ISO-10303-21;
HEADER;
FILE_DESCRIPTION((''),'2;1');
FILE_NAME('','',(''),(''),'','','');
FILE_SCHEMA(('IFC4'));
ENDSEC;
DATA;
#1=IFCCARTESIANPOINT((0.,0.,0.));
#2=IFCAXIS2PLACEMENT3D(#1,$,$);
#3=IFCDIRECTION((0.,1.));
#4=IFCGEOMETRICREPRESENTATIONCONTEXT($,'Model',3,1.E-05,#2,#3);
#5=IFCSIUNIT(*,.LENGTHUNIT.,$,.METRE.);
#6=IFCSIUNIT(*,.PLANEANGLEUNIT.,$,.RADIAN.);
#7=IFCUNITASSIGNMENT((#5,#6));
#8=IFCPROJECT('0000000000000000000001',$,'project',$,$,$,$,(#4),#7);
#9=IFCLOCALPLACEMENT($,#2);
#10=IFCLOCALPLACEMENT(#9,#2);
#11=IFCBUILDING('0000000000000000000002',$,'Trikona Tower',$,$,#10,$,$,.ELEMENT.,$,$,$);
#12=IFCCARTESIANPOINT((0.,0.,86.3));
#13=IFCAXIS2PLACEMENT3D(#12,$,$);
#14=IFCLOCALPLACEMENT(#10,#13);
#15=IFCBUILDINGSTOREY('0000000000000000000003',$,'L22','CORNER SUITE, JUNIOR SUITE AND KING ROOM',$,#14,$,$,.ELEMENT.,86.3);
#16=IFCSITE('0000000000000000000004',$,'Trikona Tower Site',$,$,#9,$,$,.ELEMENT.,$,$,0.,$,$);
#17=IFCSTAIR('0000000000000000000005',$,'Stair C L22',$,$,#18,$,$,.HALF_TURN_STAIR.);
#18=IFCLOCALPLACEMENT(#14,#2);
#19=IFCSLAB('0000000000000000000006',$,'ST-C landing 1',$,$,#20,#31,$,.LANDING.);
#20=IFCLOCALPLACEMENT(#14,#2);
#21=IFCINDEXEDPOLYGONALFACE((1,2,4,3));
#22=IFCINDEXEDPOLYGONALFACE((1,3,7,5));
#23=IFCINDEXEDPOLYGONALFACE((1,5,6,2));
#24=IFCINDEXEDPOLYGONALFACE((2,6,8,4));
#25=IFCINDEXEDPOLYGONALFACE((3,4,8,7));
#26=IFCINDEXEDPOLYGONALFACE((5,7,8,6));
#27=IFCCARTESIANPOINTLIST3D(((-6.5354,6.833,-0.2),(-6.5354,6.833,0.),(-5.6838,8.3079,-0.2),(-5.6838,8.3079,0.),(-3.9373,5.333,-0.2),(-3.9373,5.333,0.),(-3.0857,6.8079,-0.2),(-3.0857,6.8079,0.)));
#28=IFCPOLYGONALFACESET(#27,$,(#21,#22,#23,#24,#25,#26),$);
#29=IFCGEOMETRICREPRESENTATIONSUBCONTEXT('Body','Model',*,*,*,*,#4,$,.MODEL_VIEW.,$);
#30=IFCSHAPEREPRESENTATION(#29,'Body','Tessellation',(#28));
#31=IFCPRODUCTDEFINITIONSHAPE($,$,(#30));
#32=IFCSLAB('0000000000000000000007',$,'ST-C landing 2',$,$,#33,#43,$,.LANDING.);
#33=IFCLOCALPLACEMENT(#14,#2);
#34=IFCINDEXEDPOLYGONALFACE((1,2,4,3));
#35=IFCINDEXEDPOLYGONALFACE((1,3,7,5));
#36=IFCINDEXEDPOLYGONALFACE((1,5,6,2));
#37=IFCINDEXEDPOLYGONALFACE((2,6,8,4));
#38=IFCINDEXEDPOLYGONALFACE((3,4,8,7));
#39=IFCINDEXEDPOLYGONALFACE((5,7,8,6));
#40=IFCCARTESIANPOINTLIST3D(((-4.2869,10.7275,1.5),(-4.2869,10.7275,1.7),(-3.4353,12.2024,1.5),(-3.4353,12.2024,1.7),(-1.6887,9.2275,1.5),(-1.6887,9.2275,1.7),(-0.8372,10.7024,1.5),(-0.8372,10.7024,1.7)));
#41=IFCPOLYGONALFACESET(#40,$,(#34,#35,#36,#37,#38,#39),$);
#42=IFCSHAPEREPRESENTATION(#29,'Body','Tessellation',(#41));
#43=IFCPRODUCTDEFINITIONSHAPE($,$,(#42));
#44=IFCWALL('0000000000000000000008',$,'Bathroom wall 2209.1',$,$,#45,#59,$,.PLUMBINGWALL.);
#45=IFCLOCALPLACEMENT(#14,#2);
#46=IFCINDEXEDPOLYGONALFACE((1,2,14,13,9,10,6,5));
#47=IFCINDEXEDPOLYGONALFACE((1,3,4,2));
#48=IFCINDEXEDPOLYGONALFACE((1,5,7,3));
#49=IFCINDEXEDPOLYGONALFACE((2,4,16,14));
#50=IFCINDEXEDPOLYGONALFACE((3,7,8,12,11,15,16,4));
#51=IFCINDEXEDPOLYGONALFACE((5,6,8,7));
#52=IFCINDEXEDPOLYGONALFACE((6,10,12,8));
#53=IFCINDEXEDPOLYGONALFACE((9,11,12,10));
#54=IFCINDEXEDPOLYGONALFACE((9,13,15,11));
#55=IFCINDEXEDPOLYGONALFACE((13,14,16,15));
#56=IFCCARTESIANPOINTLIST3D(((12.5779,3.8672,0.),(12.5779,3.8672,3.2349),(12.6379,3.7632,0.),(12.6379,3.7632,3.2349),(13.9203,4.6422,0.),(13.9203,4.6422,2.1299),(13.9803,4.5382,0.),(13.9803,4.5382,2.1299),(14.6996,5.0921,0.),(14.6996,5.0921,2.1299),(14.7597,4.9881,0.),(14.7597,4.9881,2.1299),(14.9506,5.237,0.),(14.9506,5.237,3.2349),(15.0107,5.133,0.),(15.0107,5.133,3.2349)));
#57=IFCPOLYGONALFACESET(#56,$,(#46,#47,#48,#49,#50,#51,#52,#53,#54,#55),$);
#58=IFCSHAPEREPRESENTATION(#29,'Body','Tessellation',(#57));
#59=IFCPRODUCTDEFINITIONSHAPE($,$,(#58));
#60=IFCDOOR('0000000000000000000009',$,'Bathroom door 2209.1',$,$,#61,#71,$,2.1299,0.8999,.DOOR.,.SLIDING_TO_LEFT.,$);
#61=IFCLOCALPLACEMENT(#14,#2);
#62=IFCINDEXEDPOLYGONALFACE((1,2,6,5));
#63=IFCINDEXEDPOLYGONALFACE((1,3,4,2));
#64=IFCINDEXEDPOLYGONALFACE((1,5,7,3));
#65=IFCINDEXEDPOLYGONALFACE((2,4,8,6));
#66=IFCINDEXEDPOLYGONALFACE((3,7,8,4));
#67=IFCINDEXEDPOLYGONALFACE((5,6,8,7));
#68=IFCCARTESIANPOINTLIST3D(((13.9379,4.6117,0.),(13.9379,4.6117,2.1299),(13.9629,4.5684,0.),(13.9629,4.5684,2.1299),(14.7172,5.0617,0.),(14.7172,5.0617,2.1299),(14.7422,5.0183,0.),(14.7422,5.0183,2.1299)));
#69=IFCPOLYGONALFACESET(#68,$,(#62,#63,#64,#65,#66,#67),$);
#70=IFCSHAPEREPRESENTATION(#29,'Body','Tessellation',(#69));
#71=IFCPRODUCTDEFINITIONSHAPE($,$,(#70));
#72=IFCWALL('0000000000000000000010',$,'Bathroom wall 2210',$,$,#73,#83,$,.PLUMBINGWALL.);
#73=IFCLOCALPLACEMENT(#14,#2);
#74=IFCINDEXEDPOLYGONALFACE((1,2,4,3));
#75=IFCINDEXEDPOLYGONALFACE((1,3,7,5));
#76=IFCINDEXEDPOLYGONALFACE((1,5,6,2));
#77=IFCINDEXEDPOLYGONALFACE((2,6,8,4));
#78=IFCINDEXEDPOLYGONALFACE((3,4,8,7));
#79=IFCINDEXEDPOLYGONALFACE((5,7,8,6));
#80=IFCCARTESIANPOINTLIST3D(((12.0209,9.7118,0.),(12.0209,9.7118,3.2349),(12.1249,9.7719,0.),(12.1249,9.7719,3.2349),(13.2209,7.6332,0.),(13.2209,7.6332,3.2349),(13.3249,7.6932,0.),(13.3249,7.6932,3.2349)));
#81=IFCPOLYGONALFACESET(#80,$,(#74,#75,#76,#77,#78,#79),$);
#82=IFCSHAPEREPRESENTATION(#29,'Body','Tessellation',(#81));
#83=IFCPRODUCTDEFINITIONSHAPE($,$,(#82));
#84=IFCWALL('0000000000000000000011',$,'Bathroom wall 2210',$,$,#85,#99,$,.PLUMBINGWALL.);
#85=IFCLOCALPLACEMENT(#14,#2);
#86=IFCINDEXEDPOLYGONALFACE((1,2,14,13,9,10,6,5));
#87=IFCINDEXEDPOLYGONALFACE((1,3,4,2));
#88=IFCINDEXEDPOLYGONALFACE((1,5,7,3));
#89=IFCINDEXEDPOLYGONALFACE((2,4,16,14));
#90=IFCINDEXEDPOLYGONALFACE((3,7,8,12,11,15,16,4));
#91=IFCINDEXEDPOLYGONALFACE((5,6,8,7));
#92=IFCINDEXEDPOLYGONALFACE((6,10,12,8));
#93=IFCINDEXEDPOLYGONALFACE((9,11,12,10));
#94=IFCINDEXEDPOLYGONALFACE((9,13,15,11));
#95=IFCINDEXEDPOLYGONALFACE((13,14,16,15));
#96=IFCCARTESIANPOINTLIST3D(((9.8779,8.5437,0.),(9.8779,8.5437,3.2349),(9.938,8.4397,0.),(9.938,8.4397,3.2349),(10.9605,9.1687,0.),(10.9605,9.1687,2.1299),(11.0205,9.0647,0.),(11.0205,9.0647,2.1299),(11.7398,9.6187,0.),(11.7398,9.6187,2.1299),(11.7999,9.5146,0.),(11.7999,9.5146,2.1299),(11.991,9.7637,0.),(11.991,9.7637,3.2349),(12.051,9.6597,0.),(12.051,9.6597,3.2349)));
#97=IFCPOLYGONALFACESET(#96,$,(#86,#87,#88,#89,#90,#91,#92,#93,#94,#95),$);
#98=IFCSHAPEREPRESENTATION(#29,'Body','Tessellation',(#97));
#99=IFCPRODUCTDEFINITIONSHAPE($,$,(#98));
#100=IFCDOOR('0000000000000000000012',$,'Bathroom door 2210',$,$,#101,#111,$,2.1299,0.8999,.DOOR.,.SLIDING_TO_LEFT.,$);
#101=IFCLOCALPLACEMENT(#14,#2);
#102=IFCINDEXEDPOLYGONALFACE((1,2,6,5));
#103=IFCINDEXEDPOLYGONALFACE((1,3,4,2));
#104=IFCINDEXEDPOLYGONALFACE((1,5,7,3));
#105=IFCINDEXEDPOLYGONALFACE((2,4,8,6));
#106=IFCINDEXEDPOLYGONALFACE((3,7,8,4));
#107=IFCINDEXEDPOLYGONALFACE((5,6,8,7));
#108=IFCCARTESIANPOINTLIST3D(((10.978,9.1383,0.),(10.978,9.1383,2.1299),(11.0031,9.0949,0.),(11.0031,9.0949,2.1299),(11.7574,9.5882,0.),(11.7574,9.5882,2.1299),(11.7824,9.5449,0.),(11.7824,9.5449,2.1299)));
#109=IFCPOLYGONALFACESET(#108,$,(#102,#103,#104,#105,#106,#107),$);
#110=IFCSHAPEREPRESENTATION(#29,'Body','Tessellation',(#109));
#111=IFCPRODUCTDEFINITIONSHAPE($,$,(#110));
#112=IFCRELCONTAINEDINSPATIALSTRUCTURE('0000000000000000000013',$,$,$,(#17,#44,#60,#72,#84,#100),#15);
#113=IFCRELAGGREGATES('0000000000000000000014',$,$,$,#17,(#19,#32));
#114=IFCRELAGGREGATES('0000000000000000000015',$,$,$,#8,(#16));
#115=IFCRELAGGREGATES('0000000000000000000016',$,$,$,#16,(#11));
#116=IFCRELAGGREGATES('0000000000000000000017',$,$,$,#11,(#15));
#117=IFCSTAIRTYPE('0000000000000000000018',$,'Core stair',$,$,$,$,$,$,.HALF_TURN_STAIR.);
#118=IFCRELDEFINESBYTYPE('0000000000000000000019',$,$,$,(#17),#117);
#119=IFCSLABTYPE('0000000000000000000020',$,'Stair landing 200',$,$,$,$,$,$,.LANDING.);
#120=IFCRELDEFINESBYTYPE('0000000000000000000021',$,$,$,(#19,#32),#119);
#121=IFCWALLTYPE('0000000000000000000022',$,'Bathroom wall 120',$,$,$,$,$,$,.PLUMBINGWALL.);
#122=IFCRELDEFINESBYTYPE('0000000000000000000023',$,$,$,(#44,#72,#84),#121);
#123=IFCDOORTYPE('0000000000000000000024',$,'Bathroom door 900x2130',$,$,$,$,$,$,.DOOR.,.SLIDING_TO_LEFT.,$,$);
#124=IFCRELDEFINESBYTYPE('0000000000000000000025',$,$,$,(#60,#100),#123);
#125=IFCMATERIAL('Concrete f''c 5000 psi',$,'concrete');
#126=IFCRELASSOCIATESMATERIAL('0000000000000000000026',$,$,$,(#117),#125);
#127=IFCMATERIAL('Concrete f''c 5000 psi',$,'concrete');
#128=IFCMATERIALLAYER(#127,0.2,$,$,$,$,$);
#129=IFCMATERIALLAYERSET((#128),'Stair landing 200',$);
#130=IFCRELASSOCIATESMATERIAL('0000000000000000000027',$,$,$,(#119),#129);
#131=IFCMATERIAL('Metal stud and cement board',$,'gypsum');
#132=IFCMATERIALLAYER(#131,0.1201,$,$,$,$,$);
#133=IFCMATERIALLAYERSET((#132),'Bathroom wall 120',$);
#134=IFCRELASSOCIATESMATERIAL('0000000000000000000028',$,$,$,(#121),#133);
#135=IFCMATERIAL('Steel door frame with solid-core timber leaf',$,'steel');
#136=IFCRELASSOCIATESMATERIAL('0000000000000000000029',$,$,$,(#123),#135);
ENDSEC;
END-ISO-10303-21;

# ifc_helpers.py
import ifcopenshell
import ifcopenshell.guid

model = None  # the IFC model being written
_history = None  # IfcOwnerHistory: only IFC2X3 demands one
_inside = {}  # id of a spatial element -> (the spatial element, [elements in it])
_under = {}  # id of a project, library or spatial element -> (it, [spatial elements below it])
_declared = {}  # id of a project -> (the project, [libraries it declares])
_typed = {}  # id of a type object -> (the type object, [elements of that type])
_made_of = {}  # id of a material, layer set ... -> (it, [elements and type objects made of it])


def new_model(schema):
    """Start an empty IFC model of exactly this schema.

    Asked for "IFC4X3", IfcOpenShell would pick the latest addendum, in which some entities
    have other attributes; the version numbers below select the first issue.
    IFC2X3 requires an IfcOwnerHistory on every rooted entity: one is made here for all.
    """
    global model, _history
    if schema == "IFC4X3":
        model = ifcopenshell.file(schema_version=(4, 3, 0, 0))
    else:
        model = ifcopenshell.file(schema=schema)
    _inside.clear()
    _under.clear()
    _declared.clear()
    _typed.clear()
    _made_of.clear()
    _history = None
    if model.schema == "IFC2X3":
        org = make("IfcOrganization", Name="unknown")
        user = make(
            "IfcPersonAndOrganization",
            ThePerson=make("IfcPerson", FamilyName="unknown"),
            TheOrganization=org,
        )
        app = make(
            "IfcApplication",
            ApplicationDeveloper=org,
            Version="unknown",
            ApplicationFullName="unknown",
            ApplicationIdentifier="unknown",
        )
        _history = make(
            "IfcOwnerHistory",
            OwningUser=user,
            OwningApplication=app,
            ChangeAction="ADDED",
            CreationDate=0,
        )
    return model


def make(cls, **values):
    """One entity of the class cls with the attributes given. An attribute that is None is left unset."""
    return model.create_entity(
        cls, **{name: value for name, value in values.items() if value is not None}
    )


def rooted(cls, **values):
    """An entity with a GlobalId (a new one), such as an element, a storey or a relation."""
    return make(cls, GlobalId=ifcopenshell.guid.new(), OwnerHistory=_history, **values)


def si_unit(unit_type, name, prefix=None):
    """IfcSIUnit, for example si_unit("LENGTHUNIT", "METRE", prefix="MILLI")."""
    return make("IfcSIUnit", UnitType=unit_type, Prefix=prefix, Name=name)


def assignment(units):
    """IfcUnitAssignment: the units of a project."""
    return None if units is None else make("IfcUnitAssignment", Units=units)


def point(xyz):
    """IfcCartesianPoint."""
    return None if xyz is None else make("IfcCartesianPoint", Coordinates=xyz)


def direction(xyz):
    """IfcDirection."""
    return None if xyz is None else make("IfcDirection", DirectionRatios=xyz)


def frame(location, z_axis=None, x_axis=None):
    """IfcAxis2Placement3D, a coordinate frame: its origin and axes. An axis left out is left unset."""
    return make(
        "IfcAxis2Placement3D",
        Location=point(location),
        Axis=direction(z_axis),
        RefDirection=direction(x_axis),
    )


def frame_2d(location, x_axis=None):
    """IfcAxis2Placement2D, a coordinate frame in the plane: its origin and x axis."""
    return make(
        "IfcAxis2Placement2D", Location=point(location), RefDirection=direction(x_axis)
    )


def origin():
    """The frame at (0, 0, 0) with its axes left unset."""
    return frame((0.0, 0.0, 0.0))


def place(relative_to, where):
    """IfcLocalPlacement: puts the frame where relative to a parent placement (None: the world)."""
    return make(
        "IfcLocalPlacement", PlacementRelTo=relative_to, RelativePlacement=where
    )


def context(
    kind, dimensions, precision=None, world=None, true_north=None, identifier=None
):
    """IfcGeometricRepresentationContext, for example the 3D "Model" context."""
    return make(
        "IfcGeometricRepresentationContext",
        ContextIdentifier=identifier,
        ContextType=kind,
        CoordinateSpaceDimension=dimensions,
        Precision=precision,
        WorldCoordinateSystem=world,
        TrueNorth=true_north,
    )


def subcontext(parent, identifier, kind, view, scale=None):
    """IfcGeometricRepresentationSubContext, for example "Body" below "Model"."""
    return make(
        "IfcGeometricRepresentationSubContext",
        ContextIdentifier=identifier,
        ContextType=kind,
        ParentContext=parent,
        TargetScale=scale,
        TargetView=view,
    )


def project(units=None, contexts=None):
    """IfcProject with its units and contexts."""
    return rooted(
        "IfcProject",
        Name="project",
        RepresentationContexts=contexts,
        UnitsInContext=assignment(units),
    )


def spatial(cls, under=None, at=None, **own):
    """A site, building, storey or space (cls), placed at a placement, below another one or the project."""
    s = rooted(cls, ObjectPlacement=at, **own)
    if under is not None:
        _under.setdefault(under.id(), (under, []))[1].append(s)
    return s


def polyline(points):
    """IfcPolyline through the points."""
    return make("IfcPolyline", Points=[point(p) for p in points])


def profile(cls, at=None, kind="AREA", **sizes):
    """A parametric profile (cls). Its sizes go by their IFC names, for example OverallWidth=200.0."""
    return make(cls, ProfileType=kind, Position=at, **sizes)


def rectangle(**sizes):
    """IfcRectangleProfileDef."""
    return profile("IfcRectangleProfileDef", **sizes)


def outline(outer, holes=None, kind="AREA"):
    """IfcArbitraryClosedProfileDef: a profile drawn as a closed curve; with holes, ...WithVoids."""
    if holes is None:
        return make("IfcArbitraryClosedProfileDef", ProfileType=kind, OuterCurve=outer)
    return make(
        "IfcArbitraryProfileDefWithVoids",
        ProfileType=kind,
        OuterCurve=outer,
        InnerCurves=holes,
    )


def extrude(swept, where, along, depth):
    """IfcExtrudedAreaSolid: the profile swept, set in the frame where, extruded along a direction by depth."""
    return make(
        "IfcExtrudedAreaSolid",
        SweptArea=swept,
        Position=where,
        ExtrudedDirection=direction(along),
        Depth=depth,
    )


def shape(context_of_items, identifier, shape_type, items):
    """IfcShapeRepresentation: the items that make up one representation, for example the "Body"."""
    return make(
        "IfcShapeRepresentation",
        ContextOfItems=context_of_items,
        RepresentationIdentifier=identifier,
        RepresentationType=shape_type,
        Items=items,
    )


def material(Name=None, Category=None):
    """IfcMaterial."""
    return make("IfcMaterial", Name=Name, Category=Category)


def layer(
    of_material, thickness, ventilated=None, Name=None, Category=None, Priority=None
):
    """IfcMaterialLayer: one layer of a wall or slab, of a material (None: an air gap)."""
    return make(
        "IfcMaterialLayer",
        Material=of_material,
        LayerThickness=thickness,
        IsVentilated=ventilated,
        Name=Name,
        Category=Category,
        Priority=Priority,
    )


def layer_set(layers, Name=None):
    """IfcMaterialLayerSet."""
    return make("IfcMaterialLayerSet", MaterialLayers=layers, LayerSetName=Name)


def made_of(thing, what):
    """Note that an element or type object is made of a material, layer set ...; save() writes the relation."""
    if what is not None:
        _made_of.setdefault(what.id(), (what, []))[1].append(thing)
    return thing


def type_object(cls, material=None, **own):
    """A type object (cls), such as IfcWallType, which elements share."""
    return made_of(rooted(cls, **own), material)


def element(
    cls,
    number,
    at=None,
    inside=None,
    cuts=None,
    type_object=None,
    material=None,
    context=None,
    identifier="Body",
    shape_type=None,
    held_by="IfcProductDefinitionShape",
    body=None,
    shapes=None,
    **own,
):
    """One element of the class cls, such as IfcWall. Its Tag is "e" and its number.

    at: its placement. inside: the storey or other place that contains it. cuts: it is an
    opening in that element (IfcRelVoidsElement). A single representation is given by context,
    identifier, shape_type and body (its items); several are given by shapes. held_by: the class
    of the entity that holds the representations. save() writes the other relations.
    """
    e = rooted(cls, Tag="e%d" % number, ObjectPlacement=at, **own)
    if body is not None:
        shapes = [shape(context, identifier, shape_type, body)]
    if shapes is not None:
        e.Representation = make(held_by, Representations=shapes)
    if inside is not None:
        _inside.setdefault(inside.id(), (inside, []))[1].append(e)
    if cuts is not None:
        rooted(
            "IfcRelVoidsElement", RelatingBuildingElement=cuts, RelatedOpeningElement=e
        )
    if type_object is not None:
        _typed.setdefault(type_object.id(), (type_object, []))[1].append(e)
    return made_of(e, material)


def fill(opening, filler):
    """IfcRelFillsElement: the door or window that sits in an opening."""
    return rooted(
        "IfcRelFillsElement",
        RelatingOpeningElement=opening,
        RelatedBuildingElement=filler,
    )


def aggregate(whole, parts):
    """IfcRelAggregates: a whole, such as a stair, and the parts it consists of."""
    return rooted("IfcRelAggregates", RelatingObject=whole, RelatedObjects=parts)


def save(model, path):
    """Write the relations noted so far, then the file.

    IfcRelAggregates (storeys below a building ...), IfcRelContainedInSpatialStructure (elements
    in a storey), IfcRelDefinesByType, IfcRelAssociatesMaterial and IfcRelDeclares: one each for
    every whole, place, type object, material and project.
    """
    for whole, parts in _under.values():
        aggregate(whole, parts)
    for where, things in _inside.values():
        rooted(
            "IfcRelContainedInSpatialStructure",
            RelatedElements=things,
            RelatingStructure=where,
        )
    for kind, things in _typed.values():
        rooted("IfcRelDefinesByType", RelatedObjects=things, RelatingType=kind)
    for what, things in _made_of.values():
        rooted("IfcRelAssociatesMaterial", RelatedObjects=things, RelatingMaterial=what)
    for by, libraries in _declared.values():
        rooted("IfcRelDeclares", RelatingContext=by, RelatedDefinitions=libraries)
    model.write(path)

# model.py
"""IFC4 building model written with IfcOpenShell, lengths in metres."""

from ifc_helpers import new_model, si_unit, direction, frame, frame_2d, origin, place, context, subcontext, project, spatial, polyline, rectangle, outline, extrude, material, layer, layer_set, type_object, element, fill, aggregate, save


model = new_model("IFC4")

# Units and contexts
model_context = context("Model", 3, precision=1e-05, world=origin(), true_north=direction((0.0, 1.0)))
body_context = subcontext(model_context, "Body", "Model", "MODEL_VIEW")
ifc_project = project(units=[si_unit("LENGTHUNIT", "METRE"), si_unit("PLANEANGLEUNIT", "RADIAN")], contexts=[model_context])

# Site, building, storey
site_placement = place(None, origin())
site = spatial("IfcSite", under=ifc_project, at=site_placement, Name="Trikona Tower Site", CompositionType="ELEMENT", RefElevation=0.0)
building_placement = place(site_placement, origin())
building = spatial("IfcBuilding", under=site, at=building_placement, Name="Trikona Tower", CompositionType="ELEMENT")
storey_placement = place(building_placement, frame((0.0, 0.0, 86.3)))
storey = spatial("IfcBuildingStorey", under=building, at=storey_placement, Name="L22", Description="CORNER SUITE, JUNIOR SUITE AND KING ROOM", CompositionType="ELEMENT", Elevation=86.3)

# Stair, slabs
ifc_material_1 = material(Name="Concrete f'c 5000 psi", Category="concrete")
stair_type = type_object("IfcStairType", Name="Core stair", PredefinedType="HALF_TURN_STAIR", material=ifc_material_1)
ifc_material_2 = material(Name="Concrete f'c 5000 psi", Category="concrete")
ifc_layer_1 = layer(ifc_material_2, 0.2)
ifc_layer_set_1 = layer_set([ifc_layer_1], Name="Stair landing 200")
slab_type_1 = type_object("IfcSlabType", Name="Stair landing 200", PredefinedType="LANDING", material=ifc_layer_set_1)
stair_1_placement = place(storey_placement, origin())
stair_1 = element("IfcStair", 1, at=stair_1_placement, inside=storey, type_object=stair_type, Name="Stair C L22", PredefinedType="HALF_TURN_STAIR")
slab_1_placement = place(storey_placement, frame((0.0, 0.0, -0.2)))
slab_1 = element("IfcSlab", 2, at=slab_1_placement, type_object=slab_type_1, Name="ST-C landing 1", PredefinedType="LANDING", context=body_context, shape_type="SweptSolid", body=[
    extrude(outline(polyline([(-3.0857, 6.8079), (-3.9373, 5.333), (-6.5354, 6.833), (-5.6838, 8.3079), (-3.0857, 6.8079)])), origin(), (0.0, 0.0, 1.0), 0.2),
])
slab_2_placement = place(storey_placement, frame((0.0, 0.0, 1.5)))
slab_2 = element("IfcSlab", 3, at=slab_2_placement, type_object=slab_type_1, Name="ST-C landing 2", PredefinedType="LANDING", context=body_context, shape_type="SweptSolid", body=[
    extrude(outline(polyline([(-0.8372, 10.7024), (-1.6887, 9.2275), (-4.2869, 10.7275), (-3.4353, 12.2024), (-0.8372, 10.7024)])), origin(), (0.0, 0.0, 1.0), 0.2),
])
aggregate(stair_1, [slab_1, slab_2])

# Wall, opening, door
ifc_material_3 = material(Name="Metal stud and cement board", Category="gypsum")
ifc_layer_2 = layer(ifc_material_3, 0.1201)
ifc_layer_set_2 = layer_set([ifc_layer_2], Name="Bathroom wall 120")
wall_type_1 = type_object("IfcWallType", Name="Bathroom wall 120", PredefinedType="PLUMBINGWALL", material=ifc_layer_set_2)
wall_1_placement = place(storey_placement, frame((12.6079, 3.8152, 0.0), z_axis=(0.0, 0.0, 1.0), x_axis=(0.866036, 0.499982, 0.0)))
wall_1 = element("IfcWall", 4, at=wall_1_placement, inside=storey, type_object=wall_type_1, Name="Bathroom wall 2209.1", PredefinedType="PLUMBINGWALL", context=body_context, shape_type="SweptSolid", body=[
    extrude(rectangle(XDim=2.7397, YDim=0.1201, at=frame_2d((1.3699, 0.0))), origin(), (0.0, 0.0, 1.0), 3.2349),
])
opening_1_placement = place(wall_1_placement, frame((1.55, 0.0, 0.0)))
opening_1 = element("IfcOpeningElement", 5, at=opening_1_placement, cuts=wall_1, PredefinedType="OPENING", context=body_context, shape_type="SweptSolid", body=[
    extrude(rectangle(XDim=0.8999, YDim=2.1299, at=frame_2d((0.45, 1.0649))), frame((0.0, 0.0701, 0.0), z_axis=(0.0, -1.0, 0.0), x_axis=(1.0, 0.0, 0.0)), (0.0, 0.0, 1.0), 0.1401),
])
ifc_material_4 = material(Name="Steel door frame with solid-core timber leaf", Category="steel")
door_type_1 = type_object("IfcDoorType", Name="Bathroom door 900x2130", OperationType="SLIDING_TO_LEFT", PredefinedType="DOOR", material=ifc_material_4)
door_1_placement = place(opening_1_placement, origin())
door_1 = element("IfcDoor", 6, at=door_1_placement, inside=storey, type_object=door_type_1, Name="Bathroom door 2209.1", OperationType="SLIDING_TO_LEFT", OverallHeight=2.1299, OverallWidth=0.8999, PredefinedType="DOOR", context=body_context, shape_type="SweptSolid", body=[
    extrude(rectangle(XDim=0.8999, YDim=2.1299, at=frame_2d((0.45, 1.0649))), frame((0.0, 0.0249, 0.0), z_axis=(0.0, -1.0, 0.0), x_axis=(1.0, 0.0, 0.0)), (0.0, 0.0, 1.0), 0.05),
])
fill(opening_1, door_1)

# Wall
wall_2_placement = place(storey_placement, frame((13.2729, 7.6631, 0.0), z_axis=(0.0, 0.0, 1.0), x_axis=(-0.499957, 0.86605, 0.0)))
element("IfcWall", 7, at=wall_2_placement, inside=storey, type_object=wall_type_1, Name="Bathroom wall 2210", PredefinedType="PLUMBINGWALL", context=body_context, shape_type="SweptSolid", body=[
    extrude(rectangle(XDim=2.4001, YDim=0.1201, at=frame_2d((1.2002, 0.0))), origin(), (0.0, 0.0, 1.0), 3.2349),
])

# Wall, opening, door
wall_3_placement = place(storey_placement, frame((9.908, 8.4917, 0.0), z_axis=(0.0, 0.0, 1.0), x_axis=(0.866024, 0.500003, 0.0)))
wall_3 = element("IfcWall", 8, at=wall_3_placement, inside=storey, type_object=wall_type_1, Name="Bathroom wall 2210", PredefinedType="PLUMBINGWALL", context=body_context, shape_type="SweptSolid", body=[
    extrude(rectangle(XDim=2.4399, YDim=0.1201, at=frame_2d((1.22, 0.0))), origin(), (0.0, 0.0, 1.0), 3.2349),
])
opening_2_placement = place(wall_3_placement, frame((1.25, 0.0, 0.0)))
opening_2 = element("IfcOpeningElement", 9, at=opening_2_placement, cuts=wall_3, PredefinedType="OPENING", context=body_context, shape_type="SweptSolid", body=[
    extrude(rectangle(XDim=0.8999, YDim=2.1299, at=frame_2d((0.45, 1.0649))), frame((0.0, 0.0701, 0.0), z_axis=(0.0, -1.0, 0.0), x_axis=(1.0, 0.0, 0.0)), (0.0, 0.0, 1.0), 0.1401),
])
door_2_placement = place(opening_2_placement, origin())
door_2 = element("IfcDoor", 10, at=door_2_placement, inside=storey, type_object=door_type_1, Name="Bathroom door 2210", OperationType="SLIDING_TO_LEFT", OverallHeight=2.1299, OverallWidth=0.8999, PredefinedType="DOOR", context=body_context, shape_type="SweptSolid", body=[
    extrude(rectangle(XDim=0.8999, YDim=2.1299, at=frame_2d((0.45, 1.0649))), frame((0.0, 0.0249, 0.0), z_axis=(0.0, -1.0, 0.0), x_axis=(1.0, 0.0, 0.0)), (0.0, 0.0, 1.0), 0.05),
])
fill(opening_2, door_2)

save(model, "model.ifc")
